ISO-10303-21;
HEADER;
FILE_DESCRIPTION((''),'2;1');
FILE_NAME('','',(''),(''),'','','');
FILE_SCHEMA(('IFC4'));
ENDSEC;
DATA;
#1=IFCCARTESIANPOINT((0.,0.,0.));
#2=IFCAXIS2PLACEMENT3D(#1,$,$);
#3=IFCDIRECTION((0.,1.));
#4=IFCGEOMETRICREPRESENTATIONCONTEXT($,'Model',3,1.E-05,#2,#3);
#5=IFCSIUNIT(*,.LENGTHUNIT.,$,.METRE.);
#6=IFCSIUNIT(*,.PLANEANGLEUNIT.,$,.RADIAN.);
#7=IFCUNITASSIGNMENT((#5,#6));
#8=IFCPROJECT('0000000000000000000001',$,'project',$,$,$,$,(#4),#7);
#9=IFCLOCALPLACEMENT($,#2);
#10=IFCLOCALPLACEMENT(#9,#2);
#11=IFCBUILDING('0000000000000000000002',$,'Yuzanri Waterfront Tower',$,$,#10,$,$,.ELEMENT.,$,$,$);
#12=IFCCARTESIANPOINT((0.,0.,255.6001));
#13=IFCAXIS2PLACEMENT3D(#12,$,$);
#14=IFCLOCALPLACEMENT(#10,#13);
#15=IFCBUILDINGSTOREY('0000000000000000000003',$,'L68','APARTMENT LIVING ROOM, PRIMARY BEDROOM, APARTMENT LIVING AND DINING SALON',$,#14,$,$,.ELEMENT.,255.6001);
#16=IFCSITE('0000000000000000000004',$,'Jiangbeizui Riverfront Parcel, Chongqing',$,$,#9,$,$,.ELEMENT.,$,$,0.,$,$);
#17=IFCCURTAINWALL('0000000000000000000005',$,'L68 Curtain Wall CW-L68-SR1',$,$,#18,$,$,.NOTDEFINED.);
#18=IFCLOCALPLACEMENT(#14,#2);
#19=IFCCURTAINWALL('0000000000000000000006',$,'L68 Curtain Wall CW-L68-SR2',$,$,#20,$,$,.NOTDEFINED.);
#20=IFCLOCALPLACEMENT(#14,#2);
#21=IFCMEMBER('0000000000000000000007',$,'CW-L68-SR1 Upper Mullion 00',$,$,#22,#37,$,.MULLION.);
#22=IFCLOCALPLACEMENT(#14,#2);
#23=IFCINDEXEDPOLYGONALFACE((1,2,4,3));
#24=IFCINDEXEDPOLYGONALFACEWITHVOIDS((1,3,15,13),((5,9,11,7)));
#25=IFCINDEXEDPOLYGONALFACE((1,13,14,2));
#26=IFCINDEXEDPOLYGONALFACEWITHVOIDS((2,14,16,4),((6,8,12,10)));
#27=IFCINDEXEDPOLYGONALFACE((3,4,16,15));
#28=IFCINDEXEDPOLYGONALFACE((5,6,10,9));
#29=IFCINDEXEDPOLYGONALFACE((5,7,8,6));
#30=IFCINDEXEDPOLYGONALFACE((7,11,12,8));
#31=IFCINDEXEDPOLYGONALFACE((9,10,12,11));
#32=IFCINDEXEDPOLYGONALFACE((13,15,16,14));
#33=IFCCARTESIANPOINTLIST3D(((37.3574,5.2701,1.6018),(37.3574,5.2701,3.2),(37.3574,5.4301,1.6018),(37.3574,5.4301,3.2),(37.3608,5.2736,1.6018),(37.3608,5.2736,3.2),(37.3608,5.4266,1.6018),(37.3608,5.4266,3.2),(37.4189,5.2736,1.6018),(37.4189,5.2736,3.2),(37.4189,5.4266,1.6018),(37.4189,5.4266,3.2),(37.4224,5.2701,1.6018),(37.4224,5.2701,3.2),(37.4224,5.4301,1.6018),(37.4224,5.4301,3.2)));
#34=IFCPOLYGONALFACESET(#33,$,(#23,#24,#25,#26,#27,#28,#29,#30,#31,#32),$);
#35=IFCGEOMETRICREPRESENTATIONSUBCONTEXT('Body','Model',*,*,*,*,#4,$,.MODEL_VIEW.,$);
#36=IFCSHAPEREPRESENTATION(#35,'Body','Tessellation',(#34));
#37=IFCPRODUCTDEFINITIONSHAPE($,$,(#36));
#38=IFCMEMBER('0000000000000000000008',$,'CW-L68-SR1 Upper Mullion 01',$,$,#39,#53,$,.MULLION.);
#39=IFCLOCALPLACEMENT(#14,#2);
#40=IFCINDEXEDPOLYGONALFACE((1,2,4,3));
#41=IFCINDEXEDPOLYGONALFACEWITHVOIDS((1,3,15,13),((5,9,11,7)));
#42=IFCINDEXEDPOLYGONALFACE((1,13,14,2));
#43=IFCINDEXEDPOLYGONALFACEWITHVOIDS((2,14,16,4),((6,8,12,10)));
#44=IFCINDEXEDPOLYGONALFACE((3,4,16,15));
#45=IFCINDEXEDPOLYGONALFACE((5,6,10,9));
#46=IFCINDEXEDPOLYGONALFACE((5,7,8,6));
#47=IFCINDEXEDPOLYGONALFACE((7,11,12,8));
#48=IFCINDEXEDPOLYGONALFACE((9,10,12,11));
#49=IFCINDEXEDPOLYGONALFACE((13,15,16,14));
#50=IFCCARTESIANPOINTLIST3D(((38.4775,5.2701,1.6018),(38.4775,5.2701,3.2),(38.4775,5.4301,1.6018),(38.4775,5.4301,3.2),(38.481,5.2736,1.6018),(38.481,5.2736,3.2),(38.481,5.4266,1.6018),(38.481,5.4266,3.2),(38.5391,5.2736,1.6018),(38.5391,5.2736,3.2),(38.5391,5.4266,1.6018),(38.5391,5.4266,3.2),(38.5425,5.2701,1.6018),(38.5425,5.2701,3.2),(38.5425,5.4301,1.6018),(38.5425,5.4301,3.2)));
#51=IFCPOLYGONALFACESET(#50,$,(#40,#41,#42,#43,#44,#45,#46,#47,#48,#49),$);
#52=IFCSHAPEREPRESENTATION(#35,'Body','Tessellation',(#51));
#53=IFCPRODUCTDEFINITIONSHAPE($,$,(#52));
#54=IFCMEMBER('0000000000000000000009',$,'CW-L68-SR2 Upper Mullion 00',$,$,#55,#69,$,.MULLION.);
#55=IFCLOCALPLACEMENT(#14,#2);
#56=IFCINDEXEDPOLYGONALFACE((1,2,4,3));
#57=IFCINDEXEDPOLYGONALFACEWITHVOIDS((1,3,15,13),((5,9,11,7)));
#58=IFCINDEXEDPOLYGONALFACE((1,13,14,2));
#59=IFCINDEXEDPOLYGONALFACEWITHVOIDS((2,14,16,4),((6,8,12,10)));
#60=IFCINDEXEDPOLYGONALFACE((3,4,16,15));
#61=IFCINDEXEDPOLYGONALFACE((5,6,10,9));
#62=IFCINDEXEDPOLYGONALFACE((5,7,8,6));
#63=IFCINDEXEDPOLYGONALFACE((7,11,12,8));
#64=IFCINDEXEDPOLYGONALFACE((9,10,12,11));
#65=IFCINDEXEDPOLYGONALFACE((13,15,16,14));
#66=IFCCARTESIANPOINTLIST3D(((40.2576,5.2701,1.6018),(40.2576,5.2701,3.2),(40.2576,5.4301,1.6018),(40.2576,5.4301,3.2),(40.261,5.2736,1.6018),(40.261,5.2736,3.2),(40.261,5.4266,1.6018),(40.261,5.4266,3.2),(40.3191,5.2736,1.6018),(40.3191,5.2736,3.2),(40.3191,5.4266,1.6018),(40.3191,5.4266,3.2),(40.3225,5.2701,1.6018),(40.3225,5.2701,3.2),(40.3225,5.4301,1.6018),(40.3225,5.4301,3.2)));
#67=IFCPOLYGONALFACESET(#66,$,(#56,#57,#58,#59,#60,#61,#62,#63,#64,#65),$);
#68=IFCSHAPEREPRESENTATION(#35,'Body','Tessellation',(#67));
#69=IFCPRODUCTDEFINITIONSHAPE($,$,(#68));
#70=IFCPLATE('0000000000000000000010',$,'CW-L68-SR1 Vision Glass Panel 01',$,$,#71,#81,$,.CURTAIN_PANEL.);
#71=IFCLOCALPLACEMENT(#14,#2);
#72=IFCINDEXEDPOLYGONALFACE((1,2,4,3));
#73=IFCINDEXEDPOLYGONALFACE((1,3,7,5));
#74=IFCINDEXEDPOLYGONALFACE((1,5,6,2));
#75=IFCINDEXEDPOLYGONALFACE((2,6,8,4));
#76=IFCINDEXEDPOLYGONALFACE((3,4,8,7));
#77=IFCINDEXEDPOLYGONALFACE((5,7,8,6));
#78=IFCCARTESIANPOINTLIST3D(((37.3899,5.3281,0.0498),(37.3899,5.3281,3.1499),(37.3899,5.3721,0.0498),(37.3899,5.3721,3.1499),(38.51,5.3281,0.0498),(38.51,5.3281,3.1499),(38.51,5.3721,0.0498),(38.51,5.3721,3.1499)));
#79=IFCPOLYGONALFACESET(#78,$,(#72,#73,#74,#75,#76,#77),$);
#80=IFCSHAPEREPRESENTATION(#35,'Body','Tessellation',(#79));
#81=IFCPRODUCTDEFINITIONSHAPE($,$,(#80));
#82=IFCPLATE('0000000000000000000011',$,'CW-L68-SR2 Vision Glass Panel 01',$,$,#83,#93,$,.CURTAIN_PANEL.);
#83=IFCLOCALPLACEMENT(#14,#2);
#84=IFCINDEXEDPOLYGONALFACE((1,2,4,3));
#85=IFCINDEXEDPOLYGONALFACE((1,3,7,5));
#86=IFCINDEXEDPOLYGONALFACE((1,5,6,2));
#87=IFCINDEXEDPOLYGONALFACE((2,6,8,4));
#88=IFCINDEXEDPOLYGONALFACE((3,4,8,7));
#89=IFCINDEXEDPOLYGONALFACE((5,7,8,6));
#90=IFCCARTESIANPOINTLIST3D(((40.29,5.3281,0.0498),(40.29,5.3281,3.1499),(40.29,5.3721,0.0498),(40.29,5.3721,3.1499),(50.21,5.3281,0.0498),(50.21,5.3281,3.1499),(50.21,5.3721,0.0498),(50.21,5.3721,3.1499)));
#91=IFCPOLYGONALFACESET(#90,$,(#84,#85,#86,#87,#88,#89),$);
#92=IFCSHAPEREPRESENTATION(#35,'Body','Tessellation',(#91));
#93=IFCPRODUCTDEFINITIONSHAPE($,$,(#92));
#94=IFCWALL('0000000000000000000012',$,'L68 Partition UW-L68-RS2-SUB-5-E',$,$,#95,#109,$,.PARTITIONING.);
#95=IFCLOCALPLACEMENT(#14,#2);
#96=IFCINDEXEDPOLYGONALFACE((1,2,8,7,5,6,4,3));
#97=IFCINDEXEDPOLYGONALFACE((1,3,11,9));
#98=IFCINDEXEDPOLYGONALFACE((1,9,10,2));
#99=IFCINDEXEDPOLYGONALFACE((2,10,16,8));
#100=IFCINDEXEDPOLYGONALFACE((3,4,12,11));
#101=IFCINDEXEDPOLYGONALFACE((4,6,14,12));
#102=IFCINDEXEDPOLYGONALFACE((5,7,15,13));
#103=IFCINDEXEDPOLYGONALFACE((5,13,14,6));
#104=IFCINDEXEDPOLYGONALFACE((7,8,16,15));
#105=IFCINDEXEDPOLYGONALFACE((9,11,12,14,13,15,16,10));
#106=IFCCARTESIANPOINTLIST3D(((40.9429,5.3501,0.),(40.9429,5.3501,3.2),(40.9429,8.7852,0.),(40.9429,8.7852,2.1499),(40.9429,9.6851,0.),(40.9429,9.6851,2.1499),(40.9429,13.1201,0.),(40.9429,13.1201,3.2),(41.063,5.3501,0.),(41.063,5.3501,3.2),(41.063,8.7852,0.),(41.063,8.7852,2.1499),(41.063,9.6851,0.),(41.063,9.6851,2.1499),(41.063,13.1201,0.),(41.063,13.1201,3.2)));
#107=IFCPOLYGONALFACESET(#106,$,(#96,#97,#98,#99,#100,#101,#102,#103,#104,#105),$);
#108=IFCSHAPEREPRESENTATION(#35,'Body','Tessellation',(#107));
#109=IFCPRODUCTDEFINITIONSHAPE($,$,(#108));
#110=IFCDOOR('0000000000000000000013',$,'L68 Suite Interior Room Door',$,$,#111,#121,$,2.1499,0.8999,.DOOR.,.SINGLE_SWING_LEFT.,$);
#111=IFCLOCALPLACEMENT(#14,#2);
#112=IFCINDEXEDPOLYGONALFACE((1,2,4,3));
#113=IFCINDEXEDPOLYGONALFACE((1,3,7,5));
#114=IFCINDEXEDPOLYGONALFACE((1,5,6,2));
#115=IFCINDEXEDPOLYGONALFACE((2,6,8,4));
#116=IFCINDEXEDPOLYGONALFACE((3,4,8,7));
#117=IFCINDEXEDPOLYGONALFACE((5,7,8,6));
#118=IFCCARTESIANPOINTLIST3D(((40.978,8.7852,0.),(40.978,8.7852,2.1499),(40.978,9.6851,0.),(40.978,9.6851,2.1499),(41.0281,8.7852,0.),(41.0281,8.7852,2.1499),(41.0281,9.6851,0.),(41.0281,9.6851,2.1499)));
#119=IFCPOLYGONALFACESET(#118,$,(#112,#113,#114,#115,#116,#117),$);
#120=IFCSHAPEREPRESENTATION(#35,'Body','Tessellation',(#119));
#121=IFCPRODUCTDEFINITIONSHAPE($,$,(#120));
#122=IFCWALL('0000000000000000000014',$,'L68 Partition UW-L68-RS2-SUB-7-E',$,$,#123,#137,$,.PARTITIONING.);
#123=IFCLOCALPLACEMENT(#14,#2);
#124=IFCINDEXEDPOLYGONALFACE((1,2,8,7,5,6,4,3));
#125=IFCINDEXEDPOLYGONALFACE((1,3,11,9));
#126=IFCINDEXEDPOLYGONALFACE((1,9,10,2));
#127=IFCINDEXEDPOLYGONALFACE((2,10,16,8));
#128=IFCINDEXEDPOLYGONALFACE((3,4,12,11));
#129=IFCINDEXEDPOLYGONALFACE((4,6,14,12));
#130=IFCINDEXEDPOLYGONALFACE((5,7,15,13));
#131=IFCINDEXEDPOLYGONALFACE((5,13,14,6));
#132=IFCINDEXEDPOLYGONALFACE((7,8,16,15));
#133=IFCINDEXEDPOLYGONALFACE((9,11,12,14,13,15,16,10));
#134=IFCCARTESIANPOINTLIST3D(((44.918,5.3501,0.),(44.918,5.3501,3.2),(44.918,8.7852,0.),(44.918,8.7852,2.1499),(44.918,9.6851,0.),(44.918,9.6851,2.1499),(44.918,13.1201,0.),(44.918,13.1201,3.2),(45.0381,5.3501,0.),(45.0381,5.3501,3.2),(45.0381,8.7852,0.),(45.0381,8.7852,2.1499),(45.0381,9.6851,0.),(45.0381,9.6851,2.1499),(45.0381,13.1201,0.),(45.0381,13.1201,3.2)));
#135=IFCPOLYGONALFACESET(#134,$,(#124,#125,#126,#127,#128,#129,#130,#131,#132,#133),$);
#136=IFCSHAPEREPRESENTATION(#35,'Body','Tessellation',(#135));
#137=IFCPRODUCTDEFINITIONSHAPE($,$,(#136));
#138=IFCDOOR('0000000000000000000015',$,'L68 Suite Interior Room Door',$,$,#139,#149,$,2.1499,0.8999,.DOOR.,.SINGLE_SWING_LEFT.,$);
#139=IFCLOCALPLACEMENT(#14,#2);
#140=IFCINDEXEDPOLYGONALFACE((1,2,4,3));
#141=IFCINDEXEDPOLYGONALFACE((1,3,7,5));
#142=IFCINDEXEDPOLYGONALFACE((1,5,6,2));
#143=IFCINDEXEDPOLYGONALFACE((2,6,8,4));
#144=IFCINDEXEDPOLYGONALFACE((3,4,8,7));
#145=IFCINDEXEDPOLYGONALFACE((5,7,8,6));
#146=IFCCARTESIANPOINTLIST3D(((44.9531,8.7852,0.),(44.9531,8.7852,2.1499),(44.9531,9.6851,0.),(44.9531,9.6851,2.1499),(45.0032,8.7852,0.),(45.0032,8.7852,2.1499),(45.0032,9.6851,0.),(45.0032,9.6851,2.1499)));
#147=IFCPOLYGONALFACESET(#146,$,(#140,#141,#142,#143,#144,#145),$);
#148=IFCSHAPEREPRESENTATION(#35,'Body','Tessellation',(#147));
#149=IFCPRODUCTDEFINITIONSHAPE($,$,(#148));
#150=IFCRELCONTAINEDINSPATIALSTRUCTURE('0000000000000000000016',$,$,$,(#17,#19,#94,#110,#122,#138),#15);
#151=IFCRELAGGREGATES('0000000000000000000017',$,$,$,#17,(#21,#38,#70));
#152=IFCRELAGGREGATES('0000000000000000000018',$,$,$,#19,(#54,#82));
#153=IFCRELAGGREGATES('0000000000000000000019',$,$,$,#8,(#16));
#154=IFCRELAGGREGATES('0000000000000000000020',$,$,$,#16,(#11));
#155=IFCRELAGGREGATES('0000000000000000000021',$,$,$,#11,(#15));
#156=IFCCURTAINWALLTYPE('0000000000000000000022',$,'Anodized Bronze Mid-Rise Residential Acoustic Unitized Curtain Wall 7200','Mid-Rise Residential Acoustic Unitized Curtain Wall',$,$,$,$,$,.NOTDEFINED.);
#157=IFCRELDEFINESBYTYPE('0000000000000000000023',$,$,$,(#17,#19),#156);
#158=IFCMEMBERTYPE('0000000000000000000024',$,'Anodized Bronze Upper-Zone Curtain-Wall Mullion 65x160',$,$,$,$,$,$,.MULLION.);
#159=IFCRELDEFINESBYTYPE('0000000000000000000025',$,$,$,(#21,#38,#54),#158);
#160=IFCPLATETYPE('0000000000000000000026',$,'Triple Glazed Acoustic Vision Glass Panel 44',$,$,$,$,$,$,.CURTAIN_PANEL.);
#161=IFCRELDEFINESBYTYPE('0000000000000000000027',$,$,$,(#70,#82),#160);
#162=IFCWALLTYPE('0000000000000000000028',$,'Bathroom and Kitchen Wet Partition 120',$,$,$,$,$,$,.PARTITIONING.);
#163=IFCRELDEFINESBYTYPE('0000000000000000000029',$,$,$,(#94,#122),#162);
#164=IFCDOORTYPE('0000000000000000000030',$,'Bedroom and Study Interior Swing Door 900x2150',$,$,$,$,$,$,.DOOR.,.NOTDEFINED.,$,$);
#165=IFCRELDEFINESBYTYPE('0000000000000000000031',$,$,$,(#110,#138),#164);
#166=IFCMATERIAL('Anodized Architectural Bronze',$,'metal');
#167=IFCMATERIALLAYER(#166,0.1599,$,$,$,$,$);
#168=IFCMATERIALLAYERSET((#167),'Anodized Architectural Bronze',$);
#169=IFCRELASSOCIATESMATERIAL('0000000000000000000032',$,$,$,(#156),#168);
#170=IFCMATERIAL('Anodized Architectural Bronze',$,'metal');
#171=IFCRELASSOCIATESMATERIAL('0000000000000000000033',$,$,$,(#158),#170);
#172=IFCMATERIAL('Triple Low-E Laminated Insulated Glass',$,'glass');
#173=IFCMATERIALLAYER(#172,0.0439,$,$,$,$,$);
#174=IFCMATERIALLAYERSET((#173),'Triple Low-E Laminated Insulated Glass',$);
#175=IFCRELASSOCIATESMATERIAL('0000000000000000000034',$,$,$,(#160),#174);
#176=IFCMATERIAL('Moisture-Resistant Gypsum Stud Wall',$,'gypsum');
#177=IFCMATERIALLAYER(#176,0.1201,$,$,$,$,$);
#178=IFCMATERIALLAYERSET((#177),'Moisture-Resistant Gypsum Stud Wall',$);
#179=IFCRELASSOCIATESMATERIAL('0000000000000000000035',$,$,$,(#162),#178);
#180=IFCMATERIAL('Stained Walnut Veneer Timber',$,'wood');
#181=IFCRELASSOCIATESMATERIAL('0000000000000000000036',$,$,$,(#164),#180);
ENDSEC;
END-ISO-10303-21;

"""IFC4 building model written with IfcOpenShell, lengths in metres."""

from ifc_helpers import new_model, si_unit, direction, frame, frame_2d, origin, origin_2d, place, context, subcontext, project, spatial, rectangle, hollow_rectangle, extrude, source, transform, mapped, material, layer, layer_set, material_profile, profile_set, type_object, element, fill, aggregate, save


model = new_model("IFC4")

# Units and contexts
model_context = context("Model", 3, precision=1e-05, world=origin(), true_north=direction((0.0, 1.0)))
body_context = subcontext(model_context, "Body", "Model", "MODEL_VIEW")
ifc_project = project(units=[si_unit("LENGTHUNIT", "METRE"), si_unit("PLANEANGLEUNIT", "RADIAN")], contexts=[model_context])

# Site, building, storey
site_placement = place(None, origin())
site = spatial("IfcSite", under=ifc_project, at=site_placement, Name="Jiangbeizui Riverfront Parcel, Chongqing", CompositionType="ELEMENT", RefElevation=0.0)
building_placement = place(site_placement, origin())
building = spatial("IfcBuilding", under=site, at=building_placement, Name="Yuzanri Waterfront Tower", CompositionType="ELEMENT")
storey_placement = place(building_placement, frame((0.0, 0.0, 255.6001)))
storey = spatial("IfcBuildingStorey", under=building, at=storey_placement, Name="L68", Description="APARTMENT LIVING ROOM, PRIMARY BEDROOM, APARTMENT LIVING AND DINING SALON", CompositionType="ELEMENT", Elevation=255.6001)

# Curtain walls
ifc_material_1 = material(Name="Anodized Architectural Bronze", Category="metal")
ifc_layer_1 = layer(ifc_material_1, 0.1599)
ifc_layer_set_1 = layer_set([ifc_layer_1], Name="Anodized Architectural Bronze")
curtain_wall_type = type_object("IfcCurtainWallType", Name="Anodized Bronze Mid-Rise Residential Acoustic Unitized Curtain Wall 7200", Description="Mid-Rise Residential Acoustic Unitized Curtain Wall", PredefinedType="NOTDEFINED", material=ifc_layer_set_1)
curtain_wall_1_placement = place(storey_placement, origin())
curtain_wall_1 = element("IfcCurtainWall", 1, at=curtain_wall_1_placement, inside=storey, type_object=curtain_wall_type, Name="L68 Curtain Wall CW-L68-SR1", PredefinedType="NOTDEFINED")
curtain_wall_2_placement = place(storey_placement, origin())
curtain_wall_2 = element("IfcCurtainWall", 2, at=curtain_wall_2_placement, inside=storey, type_object=curtain_wall_type, Name="L68 Curtain Wall CW-L68-SR2", PredefinedType="NOTDEFINED")

# Members
ifc_material_2 = material(Name="Anodized Architectural Bronze", Category="metal")
ifc_material_profile_1 = material_profile(ifc_material_2, hollow_rectangle(XDim=0.0649, YDim=0.1599, WallThickness=0.0034, at=origin_2d()), Name="CWM 65x160")
ifc_profile_set_1 = profile_set([ifc_material_profile_1], Name="Anodized Architectural Bronze")
member_type_1 = type_object("IfcMemberType", Name="Anodized Bronze Upper-Zone Curtain-Wall Mullion 65x160", PredefinedType="MULLION", material=ifc_profile_set_1)
shared_shape_1 = source(origin(), body_context, "Body", "SweptSolid", [
    extrude(hollow_rectangle(XDim=0.0649, YDim=0.1599, WallThickness=0.0034, at=origin_2d()), origin(), (0.0, 0.0, 1.0), 1.5981),
])
member_1_placement = place(storey_placement, frame((37.3899, 5.3501, 1.6018), z_axis=(0.0, 0.0, 1.0), x_axis=(1.0, 0.0, 0.0)))
member_1 = element("IfcMember", 3, at=member_1_placement, type_object=member_type_1, Name="CW-L68-SR1 Upper Mullion 00", PredefinedType="MULLION", context=body_context, shape_type="MappedRepresentation", body=[
    mapped(shared_shape_1, transform((0.0, 0.0, 0.0), scale=1.0)),
])
member_2_placement = place(storey_placement, frame((38.51, 5.3501, 1.6018), z_axis=(0.0, 0.0, 1.0), x_axis=(1.0, 0.0, 0.0)))
member_2 = element("IfcMember", 4, at=member_2_placement, type_object=member_type_1, Name="CW-L68-SR1 Upper Mullion 01", PredefinedType="MULLION", context=body_context, shape_type="MappedRepresentation", body=[
    mapped(shared_shape_1, transform((0.0, 0.0, 0.0), scale=1.0)),
])
member_3_placement = place(storey_placement, frame((40.29, 5.3501, 1.6018), z_axis=(0.0, 0.0, 1.0), x_axis=(1.0, 0.0, 0.0)))
member_3 = element("IfcMember", 5, at=member_3_placement, type_object=member_type_1, Name="CW-L68-SR2 Upper Mullion 00", PredefinedType="MULLION", context=body_context, shape_type="MappedRepresentation", body=[
    mapped(shared_shape_1, transform((0.0, 0.0, 0.0), scale=1.0)),
])

# Plates
ifc_material_3 = material(Name="Triple Low-E Laminated Insulated Glass", Category="glass")
ifc_layer_2 = layer(ifc_material_3, 0.0439)
ifc_layer_set_2 = layer_set([ifc_layer_2], Name="Triple Low-E Laminated Insulated Glass")
plate_type = type_object("IfcPlateType", Name="Triple Glazed Acoustic Vision Glass Panel 44", PredefinedType="CURTAIN_PANEL", material=ifc_layer_set_2)
shared_shape_2 = source(origin(), body_context, "Body", "SweptSolid", [
    extrude(rectangle(XDim=1.1201, YDim=0.0439, at=origin_2d()), origin(), (0.0, 0.0, 1.0), 3.1001),
])
plate_1_placement = place(storey_placement, frame((37.95, 5.3501, 0.0498), z_axis=(0.0, 0.0, 1.0), x_axis=(1.0, 0.0, 0.0)))
plate_1 = element("IfcPlate", 6, at=plate_1_placement, type_object=plate_type, Name="CW-L68-SR1 Vision Glass Panel 01", PredefinedType="CURTAIN_PANEL", context=body_context, shape_type="MappedRepresentation", body=[
    mapped(shared_shape_2, transform((0.0, 0.0, 0.0), scale=1.0)),
])
aggregate(curtain_wall_1, [member_1, member_2, plate_1])
shared_shape_3 = source(origin(), body_context, "Body", "SweptSolid", [
    extrude(rectangle(XDim=9.9199, YDim=0.0439, at=origin_2d()), origin(), (0.0, 0.0, 1.0), 3.1001),
])
plate_2_placement = place(storey_placement, frame((45.25, 5.3501, 0.0498), z_axis=(0.0, 0.0, 1.0), x_axis=(1.0, 0.0, 0.0)))
plate_2 = element("IfcPlate", 7, at=plate_2_placement, type_object=plate_type, Name="CW-L68-SR2 Vision Glass Panel 01", PredefinedType="CURTAIN_PANEL", context=body_context, shape_type="MappedRepresentation", body=[
    mapped(shared_shape_3, transform((0.0, 0.0, 0.0), scale=1.0)),
])
aggregate(curtain_wall_2, [member_3, plate_2])

# Walls, openings, doors
ifc_material_4 = material(Name="Moisture-Resistant Gypsum Stud Wall", Category="gypsum")
ifc_layer_3 = layer(ifc_material_4, 0.1201)
ifc_layer_set_3 = layer_set([ifc_layer_3], Name="Moisture-Resistant Gypsum Stud Wall")
wall_type_1 = type_object("IfcWallType", Name="Bathroom and Kitchen Wet Partition 120", PredefinedType="PARTITIONING", material=ifc_layer_set_3)
wall_1_placement = place(storey_placement, frame((41.0029, 5.3501, 0.0), z_axis=(0.0, 0.0, 1.0), x_axis=(0.0, 1.0, 0.0)))
wall_1 = element("IfcWall", 8, at=wall_1_placement, inside=storey, type_object=wall_type_1, Name="L68 Partition UW-L68-RS2-SUB-5-E", PredefinedType="PARTITIONING", context=body_context, shape_type="SweptSolid", body=[
    extrude(rectangle(XDim=7.77, YDim=0.1201, at=frame_2d((3.885, 0.0))), origin(), (0.0, 0.0, 1.0), 3.2),
])
opening_1_placement = place(wall_1_placement, frame((3.4351, 0.0, 0.0)))
opening_1 = element("IfcOpeningElement", 9, at=opening_1_placement, cuts=wall_1, PredefinedType="OPENING", context=body_context, shape_type="SweptSolid", body=[
    extrude(rectangle(XDim=0.8999, YDim=2.1499, at=frame_2d((0.45, 1.075))), frame((0.0, 0.075, 0.0), z_axis=(0.0, -1.0, 0.0), x_axis=(1.0, 0.0, 0.0)), (0.0, 0.0, 1.0), 0.1499),
])
ifc_material_5 = material(Name="Stained Walnut Veneer Timber", Category="wood")
door_type_1 = type_object("IfcDoorType", Name="Bedroom and Study Interior Swing Door 900x2150", OperationType="NOTDEFINED", PredefinedType="DOOR", material=ifc_material_5)
shared_shape_4 = source(origin(), body_context, "Body", "SweptSolid", [
    extrude(rectangle(XDim=0.8999, YDim=2.1499, at=frame_2d((0.45, 1.075))), frame((0.0, 0.0249, 0.0), z_axis=(0.0, -1.0, 0.0), x_axis=(1.0, 0.0, 0.0)), (0.0, 0.0, 1.0), 0.05),
])
door_1_placement = place(opening_1_placement, origin())
door_1 = element("IfcDoor", 10, at=door_1_placement, inside=storey, type_object=door_type_1, Name="L68 Suite Interior Room Door", OperationType="SINGLE_SWING_LEFT", OverallHeight=2.1499, OverallWidth=0.8999, PredefinedType="DOOR", context=body_context, shape_type="MappedRepresentation", body=[
    mapped(shared_shape_4, transform((0.0, 0.0, 0.0), scale=1.0)),
])
fill(opening_1, door_1)
wall_2_placement = place(storey_placement, frame((44.978, 5.3501, 0.0), z_axis=(0.0, 0.0, 1.0), x_axis=(0.0, 1.0, 0.0)))
wall_2 = element("IfcWall", 11, at=wall_2_placement, inside=storey, type_object=wall_type_1, Name="L68 Partition UW-L68-RS2-SUB-7-E", PredefinedType="PARTITIONING", context=body_context, shape_type="SweptSolid", body=[
    extrude(rectangle(XDim=7.77, YDim=0.1201, at=frame_2d((3.885, 0.0))), origin(), (0.0, 0.0, 1.0), 3.2),
])
opening_2_placement = place(wall_2_placement, frame((3.4351, 0.0, 0.0)))
opening_2 = element("IfcOpeningElement", 12, at=opening_2_placement, cuts=wall_2, PredefinedType="OPENING", context=body_context, shape_type="SweptSolid", body=[
    extrude(rectangle(XDim=0.8999, YDim=2.1499, at=frame_2d((0.45, 1.075))), frame((0.0, 0.075, 0.0), z_axis=(0.0, -1.0, 0.0), x_axis=(1.0, 0.0, 0.0)), (0.0, 0.0, 1.0), 0.1499),
])
door_2_placement = place(opening_2_placement, origin())
door_2 = element("IfcDoor", 13, at=door_2_placement, inside=storey, type_object=door_type_1, Name="L68 Suite Interior Room Door", OperationType="SINGLE_SWING_LEFT", OverallHeight=2.1499, OverallWidth=0.8999, PredefinedType="DOOR", context=body_context, shape_type="MappedRepresentation", body=[
    mapped(shared_shape_4, transform((0.0, 0.0, 0.0), scale=1.0)),
])
fill(opening_2, door_2)

save(model, "model.ifc")
